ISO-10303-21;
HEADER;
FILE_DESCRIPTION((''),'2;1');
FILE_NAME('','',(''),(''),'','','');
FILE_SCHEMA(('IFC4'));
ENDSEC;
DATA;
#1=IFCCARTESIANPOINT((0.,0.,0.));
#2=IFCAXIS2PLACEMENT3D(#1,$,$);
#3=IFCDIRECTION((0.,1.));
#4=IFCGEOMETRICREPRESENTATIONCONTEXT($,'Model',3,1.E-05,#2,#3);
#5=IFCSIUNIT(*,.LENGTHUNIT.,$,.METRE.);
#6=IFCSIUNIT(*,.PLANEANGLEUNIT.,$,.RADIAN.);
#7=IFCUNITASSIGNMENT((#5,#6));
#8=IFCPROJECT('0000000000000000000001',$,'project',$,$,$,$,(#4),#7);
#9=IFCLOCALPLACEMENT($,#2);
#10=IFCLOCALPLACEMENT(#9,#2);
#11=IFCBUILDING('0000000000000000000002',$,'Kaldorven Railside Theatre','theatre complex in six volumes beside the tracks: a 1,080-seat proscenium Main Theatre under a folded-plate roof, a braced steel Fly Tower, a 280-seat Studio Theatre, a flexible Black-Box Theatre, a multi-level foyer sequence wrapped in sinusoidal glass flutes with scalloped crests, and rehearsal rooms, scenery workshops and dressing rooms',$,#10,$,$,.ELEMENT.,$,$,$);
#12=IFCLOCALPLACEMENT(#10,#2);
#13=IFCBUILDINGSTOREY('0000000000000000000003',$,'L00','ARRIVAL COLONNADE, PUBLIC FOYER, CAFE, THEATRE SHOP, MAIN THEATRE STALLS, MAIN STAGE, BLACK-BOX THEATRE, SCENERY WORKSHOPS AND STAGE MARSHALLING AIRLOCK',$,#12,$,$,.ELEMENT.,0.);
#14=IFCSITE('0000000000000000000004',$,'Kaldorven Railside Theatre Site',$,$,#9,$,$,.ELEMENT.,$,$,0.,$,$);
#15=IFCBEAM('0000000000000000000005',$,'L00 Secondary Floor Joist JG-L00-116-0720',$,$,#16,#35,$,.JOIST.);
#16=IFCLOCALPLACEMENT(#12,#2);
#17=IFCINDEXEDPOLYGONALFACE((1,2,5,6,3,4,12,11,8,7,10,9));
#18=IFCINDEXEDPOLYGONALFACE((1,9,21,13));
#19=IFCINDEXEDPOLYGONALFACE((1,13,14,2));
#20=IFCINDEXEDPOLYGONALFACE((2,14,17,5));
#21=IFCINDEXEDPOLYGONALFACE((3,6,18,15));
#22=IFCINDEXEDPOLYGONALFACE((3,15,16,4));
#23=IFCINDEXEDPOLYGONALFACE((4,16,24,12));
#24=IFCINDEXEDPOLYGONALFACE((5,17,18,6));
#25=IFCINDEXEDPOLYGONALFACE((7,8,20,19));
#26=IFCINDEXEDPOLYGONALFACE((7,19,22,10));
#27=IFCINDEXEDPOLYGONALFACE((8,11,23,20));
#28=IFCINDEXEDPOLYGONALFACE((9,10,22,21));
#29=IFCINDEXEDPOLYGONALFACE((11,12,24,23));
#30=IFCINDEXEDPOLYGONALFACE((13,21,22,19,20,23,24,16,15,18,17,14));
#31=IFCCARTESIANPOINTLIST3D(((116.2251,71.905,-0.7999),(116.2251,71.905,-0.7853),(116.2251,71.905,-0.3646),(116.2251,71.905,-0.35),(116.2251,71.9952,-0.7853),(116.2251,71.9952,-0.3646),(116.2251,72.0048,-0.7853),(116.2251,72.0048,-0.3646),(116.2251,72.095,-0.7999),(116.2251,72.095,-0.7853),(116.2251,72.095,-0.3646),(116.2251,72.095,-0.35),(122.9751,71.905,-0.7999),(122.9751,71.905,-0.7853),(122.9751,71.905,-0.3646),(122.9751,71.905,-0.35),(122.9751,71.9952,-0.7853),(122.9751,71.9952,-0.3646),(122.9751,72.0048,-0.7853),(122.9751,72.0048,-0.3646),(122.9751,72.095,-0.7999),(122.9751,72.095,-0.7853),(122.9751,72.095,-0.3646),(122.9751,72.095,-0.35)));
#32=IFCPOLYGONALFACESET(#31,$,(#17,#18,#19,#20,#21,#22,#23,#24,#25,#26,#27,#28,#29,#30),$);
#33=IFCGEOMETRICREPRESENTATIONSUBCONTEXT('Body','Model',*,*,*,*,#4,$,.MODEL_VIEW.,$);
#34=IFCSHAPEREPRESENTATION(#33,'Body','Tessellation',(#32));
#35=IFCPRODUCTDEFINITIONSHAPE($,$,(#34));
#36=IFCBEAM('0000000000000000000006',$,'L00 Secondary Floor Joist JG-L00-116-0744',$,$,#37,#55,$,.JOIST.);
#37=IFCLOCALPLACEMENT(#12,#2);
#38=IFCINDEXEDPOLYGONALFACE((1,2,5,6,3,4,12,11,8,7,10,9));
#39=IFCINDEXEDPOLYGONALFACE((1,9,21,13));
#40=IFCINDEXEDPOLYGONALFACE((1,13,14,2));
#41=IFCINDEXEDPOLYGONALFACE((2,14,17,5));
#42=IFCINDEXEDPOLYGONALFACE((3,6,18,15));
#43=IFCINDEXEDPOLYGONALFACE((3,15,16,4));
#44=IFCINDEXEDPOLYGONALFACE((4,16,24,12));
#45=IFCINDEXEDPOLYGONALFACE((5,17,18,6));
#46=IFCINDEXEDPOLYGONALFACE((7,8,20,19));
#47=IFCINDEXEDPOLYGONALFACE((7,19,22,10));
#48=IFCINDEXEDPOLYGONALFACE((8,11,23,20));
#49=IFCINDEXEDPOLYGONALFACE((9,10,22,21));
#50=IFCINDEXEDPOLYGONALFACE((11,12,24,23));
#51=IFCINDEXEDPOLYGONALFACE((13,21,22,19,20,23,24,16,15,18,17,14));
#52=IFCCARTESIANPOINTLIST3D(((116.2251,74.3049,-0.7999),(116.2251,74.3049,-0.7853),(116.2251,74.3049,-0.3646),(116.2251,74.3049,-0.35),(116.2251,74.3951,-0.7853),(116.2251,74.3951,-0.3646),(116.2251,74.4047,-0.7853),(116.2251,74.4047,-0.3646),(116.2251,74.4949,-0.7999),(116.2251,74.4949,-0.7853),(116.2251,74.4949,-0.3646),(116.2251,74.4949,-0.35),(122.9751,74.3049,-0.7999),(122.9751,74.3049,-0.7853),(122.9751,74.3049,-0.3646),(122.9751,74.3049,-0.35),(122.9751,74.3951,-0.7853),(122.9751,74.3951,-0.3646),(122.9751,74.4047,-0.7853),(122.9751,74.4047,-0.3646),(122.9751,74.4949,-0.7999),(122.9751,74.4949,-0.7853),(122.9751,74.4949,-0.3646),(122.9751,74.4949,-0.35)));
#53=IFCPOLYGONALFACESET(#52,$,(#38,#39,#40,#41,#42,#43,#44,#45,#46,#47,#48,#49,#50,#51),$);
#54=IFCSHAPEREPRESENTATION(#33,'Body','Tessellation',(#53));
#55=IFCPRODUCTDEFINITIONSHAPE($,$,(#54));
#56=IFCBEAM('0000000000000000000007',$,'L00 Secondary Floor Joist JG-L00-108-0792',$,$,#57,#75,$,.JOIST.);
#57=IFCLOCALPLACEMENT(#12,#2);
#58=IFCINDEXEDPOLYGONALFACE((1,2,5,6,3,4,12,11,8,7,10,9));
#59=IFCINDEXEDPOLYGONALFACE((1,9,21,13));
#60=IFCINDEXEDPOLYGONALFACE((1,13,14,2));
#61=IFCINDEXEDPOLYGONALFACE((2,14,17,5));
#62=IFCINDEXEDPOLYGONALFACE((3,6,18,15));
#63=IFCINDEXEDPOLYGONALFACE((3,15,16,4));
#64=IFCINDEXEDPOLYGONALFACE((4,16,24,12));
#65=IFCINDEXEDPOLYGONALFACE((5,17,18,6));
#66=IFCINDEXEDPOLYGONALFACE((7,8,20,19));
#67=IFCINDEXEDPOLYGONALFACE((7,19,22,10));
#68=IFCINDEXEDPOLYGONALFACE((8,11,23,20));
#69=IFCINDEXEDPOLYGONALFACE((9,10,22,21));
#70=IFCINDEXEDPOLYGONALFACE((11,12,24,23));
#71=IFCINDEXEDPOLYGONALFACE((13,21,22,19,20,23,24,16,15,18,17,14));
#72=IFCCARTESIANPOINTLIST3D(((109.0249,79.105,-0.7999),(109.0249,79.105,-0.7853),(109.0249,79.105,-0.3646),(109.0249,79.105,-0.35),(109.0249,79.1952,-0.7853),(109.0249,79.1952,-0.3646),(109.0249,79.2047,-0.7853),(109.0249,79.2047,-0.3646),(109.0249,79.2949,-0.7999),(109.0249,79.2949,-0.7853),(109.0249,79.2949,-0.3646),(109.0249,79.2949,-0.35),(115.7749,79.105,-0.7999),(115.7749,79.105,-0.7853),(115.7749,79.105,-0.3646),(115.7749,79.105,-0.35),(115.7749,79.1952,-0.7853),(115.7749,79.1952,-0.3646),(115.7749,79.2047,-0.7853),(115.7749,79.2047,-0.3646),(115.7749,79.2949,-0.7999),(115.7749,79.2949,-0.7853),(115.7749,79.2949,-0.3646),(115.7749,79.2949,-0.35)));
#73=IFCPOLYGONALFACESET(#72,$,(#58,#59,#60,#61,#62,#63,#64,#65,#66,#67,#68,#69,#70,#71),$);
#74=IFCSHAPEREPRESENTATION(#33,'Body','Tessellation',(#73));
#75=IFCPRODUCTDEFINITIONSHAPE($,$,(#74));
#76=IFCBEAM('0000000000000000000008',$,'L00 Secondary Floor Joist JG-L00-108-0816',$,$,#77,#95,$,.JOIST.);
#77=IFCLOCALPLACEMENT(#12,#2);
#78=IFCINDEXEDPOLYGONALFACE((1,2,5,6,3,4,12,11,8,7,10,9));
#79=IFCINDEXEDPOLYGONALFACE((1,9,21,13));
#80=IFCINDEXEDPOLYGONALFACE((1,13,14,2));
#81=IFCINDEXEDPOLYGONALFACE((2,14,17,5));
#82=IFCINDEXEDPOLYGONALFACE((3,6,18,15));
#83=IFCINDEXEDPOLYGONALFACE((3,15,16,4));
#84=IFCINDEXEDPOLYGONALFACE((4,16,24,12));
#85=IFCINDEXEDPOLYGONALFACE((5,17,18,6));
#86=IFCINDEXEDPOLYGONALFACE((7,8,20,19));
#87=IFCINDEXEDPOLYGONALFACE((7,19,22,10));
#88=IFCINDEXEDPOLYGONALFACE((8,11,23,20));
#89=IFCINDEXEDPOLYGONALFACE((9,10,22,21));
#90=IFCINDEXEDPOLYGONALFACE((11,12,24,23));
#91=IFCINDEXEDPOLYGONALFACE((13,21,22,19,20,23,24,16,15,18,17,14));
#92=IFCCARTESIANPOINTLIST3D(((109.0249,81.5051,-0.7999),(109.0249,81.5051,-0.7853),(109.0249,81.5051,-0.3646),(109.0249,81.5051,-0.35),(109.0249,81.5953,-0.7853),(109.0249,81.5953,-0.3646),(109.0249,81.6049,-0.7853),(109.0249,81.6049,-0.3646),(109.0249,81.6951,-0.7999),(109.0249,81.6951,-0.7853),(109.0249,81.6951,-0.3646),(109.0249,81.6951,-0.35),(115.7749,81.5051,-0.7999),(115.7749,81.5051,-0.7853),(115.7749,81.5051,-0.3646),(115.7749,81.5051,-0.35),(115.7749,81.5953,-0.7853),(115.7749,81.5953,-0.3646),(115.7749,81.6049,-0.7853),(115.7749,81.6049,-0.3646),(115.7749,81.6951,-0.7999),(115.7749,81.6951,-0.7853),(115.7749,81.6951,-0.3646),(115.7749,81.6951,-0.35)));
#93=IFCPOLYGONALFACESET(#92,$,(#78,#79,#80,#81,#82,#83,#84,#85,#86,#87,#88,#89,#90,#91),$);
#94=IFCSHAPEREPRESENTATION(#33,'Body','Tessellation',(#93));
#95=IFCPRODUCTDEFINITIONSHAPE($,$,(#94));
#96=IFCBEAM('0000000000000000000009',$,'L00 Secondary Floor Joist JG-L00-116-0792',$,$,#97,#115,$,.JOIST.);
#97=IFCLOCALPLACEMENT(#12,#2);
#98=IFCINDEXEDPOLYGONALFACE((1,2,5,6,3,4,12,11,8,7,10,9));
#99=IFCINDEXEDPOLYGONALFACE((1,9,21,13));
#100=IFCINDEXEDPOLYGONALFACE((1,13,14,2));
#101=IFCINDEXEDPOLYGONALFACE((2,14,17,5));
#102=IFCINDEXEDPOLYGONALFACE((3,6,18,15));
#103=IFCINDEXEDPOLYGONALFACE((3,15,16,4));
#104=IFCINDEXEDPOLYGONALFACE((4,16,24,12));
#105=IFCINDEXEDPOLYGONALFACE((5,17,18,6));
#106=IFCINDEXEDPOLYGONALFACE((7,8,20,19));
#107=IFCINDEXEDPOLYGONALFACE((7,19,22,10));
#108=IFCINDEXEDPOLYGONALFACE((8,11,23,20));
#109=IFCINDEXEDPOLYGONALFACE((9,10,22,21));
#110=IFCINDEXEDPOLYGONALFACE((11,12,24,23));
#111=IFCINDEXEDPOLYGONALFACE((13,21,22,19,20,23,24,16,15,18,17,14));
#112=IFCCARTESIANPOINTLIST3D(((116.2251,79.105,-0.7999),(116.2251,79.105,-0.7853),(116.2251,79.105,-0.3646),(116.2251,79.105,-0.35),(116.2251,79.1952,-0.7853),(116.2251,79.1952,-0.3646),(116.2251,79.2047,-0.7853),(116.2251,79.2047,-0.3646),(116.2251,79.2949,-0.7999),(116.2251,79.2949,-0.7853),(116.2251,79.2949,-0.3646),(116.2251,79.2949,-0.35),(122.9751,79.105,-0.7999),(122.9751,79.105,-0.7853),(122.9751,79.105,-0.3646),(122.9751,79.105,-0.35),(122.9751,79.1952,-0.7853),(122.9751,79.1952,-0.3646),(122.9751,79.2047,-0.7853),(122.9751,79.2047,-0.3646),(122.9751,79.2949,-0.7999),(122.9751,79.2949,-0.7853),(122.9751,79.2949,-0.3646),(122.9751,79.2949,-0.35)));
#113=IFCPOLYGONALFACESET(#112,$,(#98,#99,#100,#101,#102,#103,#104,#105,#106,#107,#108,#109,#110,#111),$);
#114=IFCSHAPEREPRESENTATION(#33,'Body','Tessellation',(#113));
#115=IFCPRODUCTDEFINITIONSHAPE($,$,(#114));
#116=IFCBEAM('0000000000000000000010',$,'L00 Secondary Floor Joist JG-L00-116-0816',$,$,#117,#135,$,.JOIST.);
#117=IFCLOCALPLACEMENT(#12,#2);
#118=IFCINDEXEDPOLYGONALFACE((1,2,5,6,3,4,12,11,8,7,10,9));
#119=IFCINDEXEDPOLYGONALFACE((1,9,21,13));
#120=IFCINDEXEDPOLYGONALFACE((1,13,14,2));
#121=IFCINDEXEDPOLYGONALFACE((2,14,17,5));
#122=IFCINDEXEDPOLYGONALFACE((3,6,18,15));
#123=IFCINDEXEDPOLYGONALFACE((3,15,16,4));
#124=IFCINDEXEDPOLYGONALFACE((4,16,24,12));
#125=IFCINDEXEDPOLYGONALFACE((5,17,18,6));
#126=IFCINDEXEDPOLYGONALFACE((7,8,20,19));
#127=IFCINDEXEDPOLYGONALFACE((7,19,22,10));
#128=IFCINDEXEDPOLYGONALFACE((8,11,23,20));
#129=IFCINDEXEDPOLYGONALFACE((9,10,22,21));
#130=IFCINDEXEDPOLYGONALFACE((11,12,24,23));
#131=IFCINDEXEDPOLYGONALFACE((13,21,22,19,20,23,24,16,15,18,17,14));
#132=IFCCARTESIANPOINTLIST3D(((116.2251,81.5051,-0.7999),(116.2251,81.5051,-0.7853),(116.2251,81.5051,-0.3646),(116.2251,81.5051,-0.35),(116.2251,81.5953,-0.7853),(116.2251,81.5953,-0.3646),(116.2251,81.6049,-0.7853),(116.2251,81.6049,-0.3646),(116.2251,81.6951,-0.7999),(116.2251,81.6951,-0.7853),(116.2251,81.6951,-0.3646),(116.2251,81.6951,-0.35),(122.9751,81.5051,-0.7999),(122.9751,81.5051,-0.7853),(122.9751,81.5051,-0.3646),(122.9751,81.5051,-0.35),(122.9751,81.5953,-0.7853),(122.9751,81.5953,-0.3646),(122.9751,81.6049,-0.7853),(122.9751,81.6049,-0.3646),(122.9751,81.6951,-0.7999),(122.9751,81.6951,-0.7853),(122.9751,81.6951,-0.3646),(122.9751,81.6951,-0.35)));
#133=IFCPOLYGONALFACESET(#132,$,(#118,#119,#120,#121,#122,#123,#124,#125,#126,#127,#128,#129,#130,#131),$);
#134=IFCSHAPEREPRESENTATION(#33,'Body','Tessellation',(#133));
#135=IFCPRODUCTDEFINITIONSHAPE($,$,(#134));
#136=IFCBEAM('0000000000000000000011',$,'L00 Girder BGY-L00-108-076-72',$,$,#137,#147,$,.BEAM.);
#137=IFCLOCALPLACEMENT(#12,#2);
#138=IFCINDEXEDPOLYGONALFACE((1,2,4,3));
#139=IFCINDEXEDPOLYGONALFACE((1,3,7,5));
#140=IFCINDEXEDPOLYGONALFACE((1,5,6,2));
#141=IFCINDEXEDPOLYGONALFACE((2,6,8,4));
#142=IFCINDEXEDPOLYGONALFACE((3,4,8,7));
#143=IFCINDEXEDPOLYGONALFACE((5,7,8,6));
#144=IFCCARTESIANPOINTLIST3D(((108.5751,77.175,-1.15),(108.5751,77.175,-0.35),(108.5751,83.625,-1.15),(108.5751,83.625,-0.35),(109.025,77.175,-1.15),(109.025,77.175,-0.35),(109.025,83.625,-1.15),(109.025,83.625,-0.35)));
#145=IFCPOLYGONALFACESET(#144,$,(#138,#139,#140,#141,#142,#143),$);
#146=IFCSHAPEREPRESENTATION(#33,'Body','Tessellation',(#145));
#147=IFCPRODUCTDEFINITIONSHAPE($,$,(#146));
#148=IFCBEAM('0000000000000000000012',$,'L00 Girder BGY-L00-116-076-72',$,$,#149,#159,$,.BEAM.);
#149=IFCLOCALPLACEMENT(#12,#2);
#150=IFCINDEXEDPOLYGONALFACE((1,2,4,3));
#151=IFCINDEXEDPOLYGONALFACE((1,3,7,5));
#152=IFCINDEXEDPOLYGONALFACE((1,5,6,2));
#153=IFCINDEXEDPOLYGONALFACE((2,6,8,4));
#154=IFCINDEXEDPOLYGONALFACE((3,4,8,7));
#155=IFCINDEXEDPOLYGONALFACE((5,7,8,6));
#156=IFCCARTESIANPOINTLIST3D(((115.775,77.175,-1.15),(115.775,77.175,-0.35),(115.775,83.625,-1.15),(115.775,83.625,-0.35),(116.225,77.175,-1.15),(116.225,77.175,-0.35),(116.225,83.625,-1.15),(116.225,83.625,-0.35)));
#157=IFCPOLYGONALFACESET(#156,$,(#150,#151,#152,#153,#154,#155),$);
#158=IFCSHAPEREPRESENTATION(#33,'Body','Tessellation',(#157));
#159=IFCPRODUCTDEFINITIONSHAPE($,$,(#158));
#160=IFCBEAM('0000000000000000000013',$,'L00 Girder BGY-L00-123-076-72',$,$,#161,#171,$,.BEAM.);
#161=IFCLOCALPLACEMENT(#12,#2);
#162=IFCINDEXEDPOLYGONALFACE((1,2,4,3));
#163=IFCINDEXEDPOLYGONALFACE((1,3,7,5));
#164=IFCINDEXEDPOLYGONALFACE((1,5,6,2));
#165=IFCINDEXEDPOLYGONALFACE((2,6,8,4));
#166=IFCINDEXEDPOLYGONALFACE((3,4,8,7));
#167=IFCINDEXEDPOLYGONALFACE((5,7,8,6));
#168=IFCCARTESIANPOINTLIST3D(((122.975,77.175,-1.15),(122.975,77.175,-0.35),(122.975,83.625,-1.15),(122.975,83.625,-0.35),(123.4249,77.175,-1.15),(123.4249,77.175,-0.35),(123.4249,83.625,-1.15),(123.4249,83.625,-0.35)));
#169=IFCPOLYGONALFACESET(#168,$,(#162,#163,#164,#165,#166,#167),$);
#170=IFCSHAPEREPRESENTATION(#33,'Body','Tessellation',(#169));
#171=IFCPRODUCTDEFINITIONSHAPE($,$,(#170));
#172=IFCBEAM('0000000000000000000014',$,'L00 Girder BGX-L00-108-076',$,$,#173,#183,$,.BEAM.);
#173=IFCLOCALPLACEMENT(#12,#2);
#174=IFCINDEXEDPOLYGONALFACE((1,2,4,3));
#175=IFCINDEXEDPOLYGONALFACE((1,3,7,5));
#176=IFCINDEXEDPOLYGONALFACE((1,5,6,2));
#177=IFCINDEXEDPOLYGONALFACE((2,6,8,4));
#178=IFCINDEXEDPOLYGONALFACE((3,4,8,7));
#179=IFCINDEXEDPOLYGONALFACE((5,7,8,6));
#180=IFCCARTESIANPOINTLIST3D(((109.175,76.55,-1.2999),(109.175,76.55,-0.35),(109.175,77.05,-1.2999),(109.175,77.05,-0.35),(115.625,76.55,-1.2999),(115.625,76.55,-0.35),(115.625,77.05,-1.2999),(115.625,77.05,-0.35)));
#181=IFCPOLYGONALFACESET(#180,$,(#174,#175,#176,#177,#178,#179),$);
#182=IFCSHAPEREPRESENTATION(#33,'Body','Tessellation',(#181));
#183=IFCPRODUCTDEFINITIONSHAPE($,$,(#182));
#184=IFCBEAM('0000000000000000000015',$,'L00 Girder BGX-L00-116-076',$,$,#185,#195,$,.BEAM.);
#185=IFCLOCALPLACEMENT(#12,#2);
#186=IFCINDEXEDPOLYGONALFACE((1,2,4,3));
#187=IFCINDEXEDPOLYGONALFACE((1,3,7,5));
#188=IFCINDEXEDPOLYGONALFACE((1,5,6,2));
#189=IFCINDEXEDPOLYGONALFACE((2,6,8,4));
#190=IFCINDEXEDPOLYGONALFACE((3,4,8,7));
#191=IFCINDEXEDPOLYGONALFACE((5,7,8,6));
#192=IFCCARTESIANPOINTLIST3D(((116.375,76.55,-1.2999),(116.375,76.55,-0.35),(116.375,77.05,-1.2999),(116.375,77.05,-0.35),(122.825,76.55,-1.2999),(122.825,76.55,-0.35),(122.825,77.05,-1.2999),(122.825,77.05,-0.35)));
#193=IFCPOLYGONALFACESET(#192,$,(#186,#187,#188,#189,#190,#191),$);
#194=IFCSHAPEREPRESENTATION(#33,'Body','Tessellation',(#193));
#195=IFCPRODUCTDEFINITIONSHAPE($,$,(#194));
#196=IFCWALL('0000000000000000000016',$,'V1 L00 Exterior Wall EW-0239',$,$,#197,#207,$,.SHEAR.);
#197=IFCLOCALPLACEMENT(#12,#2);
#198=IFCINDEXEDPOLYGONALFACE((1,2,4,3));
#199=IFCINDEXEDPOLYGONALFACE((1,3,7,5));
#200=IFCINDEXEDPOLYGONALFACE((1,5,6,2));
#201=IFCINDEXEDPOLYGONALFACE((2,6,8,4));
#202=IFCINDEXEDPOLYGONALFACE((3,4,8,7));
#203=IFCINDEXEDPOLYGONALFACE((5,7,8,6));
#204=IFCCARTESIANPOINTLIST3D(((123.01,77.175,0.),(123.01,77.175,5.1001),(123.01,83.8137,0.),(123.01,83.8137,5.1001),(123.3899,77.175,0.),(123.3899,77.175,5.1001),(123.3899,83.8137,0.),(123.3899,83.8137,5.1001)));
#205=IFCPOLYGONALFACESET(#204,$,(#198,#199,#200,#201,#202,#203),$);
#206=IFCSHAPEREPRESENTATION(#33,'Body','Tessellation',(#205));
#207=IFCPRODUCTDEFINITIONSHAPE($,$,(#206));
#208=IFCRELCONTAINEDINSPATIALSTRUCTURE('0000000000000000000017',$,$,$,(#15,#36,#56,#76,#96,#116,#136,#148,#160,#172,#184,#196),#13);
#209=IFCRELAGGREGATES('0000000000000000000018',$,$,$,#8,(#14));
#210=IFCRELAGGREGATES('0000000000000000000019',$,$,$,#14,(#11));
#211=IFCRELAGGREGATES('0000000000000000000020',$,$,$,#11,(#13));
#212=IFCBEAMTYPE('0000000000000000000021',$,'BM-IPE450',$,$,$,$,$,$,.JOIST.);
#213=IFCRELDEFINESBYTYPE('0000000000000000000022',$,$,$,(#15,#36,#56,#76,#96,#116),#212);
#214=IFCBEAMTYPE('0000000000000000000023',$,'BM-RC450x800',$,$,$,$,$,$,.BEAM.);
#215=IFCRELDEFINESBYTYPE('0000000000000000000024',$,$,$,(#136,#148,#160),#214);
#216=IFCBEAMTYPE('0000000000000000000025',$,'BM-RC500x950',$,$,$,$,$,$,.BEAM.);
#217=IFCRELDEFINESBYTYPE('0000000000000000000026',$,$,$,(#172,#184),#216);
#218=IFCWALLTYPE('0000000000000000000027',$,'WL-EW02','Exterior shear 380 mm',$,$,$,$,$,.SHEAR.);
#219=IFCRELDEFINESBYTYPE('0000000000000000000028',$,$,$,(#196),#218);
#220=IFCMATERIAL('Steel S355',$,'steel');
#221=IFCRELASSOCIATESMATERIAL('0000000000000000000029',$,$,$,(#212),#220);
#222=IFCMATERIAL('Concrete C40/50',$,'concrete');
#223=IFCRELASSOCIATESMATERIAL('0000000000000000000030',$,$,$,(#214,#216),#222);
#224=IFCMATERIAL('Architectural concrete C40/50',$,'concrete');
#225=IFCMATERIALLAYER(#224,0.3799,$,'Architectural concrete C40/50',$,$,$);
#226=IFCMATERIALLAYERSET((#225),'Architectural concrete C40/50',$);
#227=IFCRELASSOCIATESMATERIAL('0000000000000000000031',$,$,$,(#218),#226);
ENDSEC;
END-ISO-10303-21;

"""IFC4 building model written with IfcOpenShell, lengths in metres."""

from ifc_helpers import new_model, si_unit, direction, frame, frame_2d, origin, origin_2d, place, context, subcontext, project, spatial, rectangle, i_section, extrude, material, layer, layer_set, material_profile, profile_set, type_object, element, save


model = new_model("IFC4")

# Units and contexts
model_context = context("Model", 3, precision=1e-05, world=origin(), true_north=direction((0.0, 1.0)))
body_context = subcontext(model_context, "Body", "Model", "MODEL_VIEW")
ifc_project = project(units=[si_unit("LENGTHUNIT", "METRE"), si_unit("PLANEANGLEUNIT", "RADIAN")], contexts=[model_context])

# Site, building, storey
site_placement = place(None, origin())
site = spatial("IfcSite", under=ifc_project, at=site_placement, Name="Kaldorven Railside Theatre Site", CompositionType="ELEMENT", RefElevation=0.0)
building_placement = place(site_placement, origin())
building = spatial("IfcBuilding", under=site, at=building_placement, Name="Kaldorven Railside Theatre", Description="theatre complex in six volumes beside the tracks: a 1,080-seat proscenium Main Theatre under a folded-plate roof, a braced steel Fly Tower, a 280-seat Studio Theatre, a flexible Black-Box Theatre, a multi-level foyer sequence wrapped in sinusoidal glass flutes with scalloped crests, and rehearsal rooms, scenery workshops and dressing rooms", CompositionType="ELEMENT")
storey_placement = place(building_placement, origin())
storey = spatial("IfcBuildingStorey", under=building, at=storey_placement, Name="L00", Description="ARRIVAL COLONNADE, PUBLIC FOYER, CAFE, THEATRE SHOP, MAIN THEATRE STALLS, MAIN STAGE, BLACK-BOX THEATRE, SCENERY WORKSHOPS AND STAGE MARSHALLING AIRLOCK", CompositionType="ELEMENT", Elevation=0.0)

# Shared definitions
ifc_material_1 = material(Name="Steel S355", Category="steel")
ifc_material_2 = material(Name="Concrete C40/50", Category="concrete")

# Beams
ifc_material_profile_1 = material_profile(ifc_material_1, i_section(OverallWidth=0.1899, OverallDepth=0.45, WebThickness=0.0095, FlangeThickness=0.0146, at=origin_2d()), Name="IPE 450")
ifc_profile_set_1 = profile_set([ifc_material_profile_1], Name="Steel S355")
beam_type_1 = type_object("IfcBeamType", Name="BM-IPE450", PredefinedType="JOIST", material=ifc_profile_set_1)
for number, where, z_axis, x_axis, name in (
    (1, (116.2251, 72.0, -0.575), (1.0, 0.0, 0.0), (0.0, 1.0, 0.0), "L00 Secondary Floor Joist JG-L00-116-0720"),
    (2, (116.2251, 74.3999, -0.575), (1.0, 0.0, 0.0), (0.0, 1.0, 0.0), "L00 Secondary Floor Joist JG-L00-116-0744"),
    (3, (109.0249, 79.2, -0.575), (1.0, 0.0, 0.0), (0.0, 1.0, 0.0), "L00 Secondary Floor Joist JG-L00-108-0792"),
    (4, (109.0249, 81.6001, -0.575), (1.0, 0.0, 0.0), (0.0, 1.0, 0.0), "L00 Secondary Floor Joist JG-L00-108-0816"),
    (5, (116.2251, 79.2, -0.575), (1.0, 0.0, 0.0), (0.0, 1.0, 0.0), "L00 Secondary Floor Joist JG-L00-116-0792"),
    (6, (116.2251, 81.6001, -0.575), (1.0, 0.0, 0.0), (0.0, 1.0, 0.0), "L00 Secondary Floor Joist JG-L00-116-0816"),
):
    element("IfcBeam", number, at=place(storey_placement, frame(where, z_axis=z_axis, x_axis=x_axis)), inside=storey, type_object=beam_type_1, Name=name, PredefinedType="JOIST", context=body_context, shape_type="SweptSolid", body=[
        extrude(i_section(OverallWidth=0.1899, OverallDepth=0.45, WebThickness=0.0095, FlangeThickness=0.0146, at=origin_2d()), origin(), (0.0, 0.0, 1.0), 6.75),
    ])
ifc_material_profile_2 = material_profile(ifc_material_2, rectangle(XDim=0.45, YDim=0.8, at=origin_2d()), Name="RC 450x800")
ifc_profile_set_2 = profile_set([ifc_material_profile_2], Name="Concrete C40/50")
beam_type_2 = type_object("IfcBeamType", Name="BM-RC450x800", PredefinedType="BEAM", material=ifc_profile_set_2)
for number, where, z_axis, x_axis, name in (
    (7, (108.8, 77.175, -0.75), (0.0, 1.0, 0.0), (-1.0, 0.0, 0.0), "L00 Girder BGY-L00-108-076-72"),
    (8, (116.0, 77.175, -0.75), (0.0, 1.0, 0.0), (-1.0, 0.0, 0.0), "L00 Girder BGY-L00-116-076-72"),
    (9, (123.2, 77.175, -0.75), (0.0, 1.0, 0.0), (-1.0, 0.0, 0.0), "L00 Girder BGY-L00-123-076-72"),
):
    element("IfcBeam", number, at=place(storey_placement, frame(where, z_axis=z_axis, x_axis=x_axis)), inside=storey, type_object=beam_type_2, Name=name, PredefinedType="BEAM", context=body_context, shape_type="SweptSolid", body=[
        extrude(rectangle(XDim=0.45, YDim=0.8, at=origin_2d()), origin(), (0.0, 0.0, 1.0), 6.45),
    ])
ifc_material_profile_3 = material_profile(ifc_material_2, rectangle(XDim=0.5, YDim=0.95, at=origin_2d()), Name="RC 500x950")
ifc_profile_set_3 = profile_set([ifc_material_profile_3], Name="Concrete C40/50")
beam_type_3 = type_object("IfcBeamType", Name="BM-RC500x950", PredefinedType="BEAM", material=ifc_profile_set_3)
for number, where, z_axis, x_axis, name in (
    (10, (109.175, 76.8, -0.825), (1.0, 0.0, 0.0), (0.0, 1.0, 0.0), "L00 Girder BGX-L00-108-076"),
    (11, (116.375, 76.8, -0.825), (1.0, 0.0, 0.0), (0.0, 1.0, 0.0), "L00 Girder BGX-L00-116-076"),
):
    element("IfcBeam", number, at=place(storey_placement, frame(where, z_axis=z_axis, x_axis=x_axis)), inside=storey, type_object=beam_type_3, Name=name, PredefinedType="BEAM", context=body_context, shape_type="SweptSolid", body=[
        extrude(rectangle(XDim=0.5, YDim=0.95, at=origin_2d()), origin(), (0.0, 0.0, 1.0), 6.45),
    ])

# Wall
ifc_material_3 = material(Name="Architectural concrete C40/50", Category="concrete")
ifc_layer_1 = layer(ifc_material_3, 0.3799, Name="Architectural concrete C40/50")
ifc_layer_set_1 = layer_set([ifc_layer_1], Name="Architectural concrete C40/50")
wall_type = type_object("IfcWallType", Name="WL-EW02", Description="Exterior shear 380 mm", PredefinedType="SHEAR", material=ifc_layer_set_1)
wall_1_placement = place(storey_placement, frame((123.2, 83.8137, 0.0), z_axis=(0.0, 0.0, 1.0), x_axis=(0.0, -1.0, 0.0)))
element("IfcWall", 12, at=wall_1_placement, inside=storey, type_object=wall_type, Name="V1 L00 Exterior Wall EW-0239", PredefinedType="SHEAR", context=body_context, shape_type="SweptSolid", body=[
    extrude(rectangle(XDim=6.6387, YDim=0.3799, at=frame_2d((3.3193, 0.0))), origin(), (0.0, 0.0, 1.0), 5.1001),
])

save(model, "model.ifc")
